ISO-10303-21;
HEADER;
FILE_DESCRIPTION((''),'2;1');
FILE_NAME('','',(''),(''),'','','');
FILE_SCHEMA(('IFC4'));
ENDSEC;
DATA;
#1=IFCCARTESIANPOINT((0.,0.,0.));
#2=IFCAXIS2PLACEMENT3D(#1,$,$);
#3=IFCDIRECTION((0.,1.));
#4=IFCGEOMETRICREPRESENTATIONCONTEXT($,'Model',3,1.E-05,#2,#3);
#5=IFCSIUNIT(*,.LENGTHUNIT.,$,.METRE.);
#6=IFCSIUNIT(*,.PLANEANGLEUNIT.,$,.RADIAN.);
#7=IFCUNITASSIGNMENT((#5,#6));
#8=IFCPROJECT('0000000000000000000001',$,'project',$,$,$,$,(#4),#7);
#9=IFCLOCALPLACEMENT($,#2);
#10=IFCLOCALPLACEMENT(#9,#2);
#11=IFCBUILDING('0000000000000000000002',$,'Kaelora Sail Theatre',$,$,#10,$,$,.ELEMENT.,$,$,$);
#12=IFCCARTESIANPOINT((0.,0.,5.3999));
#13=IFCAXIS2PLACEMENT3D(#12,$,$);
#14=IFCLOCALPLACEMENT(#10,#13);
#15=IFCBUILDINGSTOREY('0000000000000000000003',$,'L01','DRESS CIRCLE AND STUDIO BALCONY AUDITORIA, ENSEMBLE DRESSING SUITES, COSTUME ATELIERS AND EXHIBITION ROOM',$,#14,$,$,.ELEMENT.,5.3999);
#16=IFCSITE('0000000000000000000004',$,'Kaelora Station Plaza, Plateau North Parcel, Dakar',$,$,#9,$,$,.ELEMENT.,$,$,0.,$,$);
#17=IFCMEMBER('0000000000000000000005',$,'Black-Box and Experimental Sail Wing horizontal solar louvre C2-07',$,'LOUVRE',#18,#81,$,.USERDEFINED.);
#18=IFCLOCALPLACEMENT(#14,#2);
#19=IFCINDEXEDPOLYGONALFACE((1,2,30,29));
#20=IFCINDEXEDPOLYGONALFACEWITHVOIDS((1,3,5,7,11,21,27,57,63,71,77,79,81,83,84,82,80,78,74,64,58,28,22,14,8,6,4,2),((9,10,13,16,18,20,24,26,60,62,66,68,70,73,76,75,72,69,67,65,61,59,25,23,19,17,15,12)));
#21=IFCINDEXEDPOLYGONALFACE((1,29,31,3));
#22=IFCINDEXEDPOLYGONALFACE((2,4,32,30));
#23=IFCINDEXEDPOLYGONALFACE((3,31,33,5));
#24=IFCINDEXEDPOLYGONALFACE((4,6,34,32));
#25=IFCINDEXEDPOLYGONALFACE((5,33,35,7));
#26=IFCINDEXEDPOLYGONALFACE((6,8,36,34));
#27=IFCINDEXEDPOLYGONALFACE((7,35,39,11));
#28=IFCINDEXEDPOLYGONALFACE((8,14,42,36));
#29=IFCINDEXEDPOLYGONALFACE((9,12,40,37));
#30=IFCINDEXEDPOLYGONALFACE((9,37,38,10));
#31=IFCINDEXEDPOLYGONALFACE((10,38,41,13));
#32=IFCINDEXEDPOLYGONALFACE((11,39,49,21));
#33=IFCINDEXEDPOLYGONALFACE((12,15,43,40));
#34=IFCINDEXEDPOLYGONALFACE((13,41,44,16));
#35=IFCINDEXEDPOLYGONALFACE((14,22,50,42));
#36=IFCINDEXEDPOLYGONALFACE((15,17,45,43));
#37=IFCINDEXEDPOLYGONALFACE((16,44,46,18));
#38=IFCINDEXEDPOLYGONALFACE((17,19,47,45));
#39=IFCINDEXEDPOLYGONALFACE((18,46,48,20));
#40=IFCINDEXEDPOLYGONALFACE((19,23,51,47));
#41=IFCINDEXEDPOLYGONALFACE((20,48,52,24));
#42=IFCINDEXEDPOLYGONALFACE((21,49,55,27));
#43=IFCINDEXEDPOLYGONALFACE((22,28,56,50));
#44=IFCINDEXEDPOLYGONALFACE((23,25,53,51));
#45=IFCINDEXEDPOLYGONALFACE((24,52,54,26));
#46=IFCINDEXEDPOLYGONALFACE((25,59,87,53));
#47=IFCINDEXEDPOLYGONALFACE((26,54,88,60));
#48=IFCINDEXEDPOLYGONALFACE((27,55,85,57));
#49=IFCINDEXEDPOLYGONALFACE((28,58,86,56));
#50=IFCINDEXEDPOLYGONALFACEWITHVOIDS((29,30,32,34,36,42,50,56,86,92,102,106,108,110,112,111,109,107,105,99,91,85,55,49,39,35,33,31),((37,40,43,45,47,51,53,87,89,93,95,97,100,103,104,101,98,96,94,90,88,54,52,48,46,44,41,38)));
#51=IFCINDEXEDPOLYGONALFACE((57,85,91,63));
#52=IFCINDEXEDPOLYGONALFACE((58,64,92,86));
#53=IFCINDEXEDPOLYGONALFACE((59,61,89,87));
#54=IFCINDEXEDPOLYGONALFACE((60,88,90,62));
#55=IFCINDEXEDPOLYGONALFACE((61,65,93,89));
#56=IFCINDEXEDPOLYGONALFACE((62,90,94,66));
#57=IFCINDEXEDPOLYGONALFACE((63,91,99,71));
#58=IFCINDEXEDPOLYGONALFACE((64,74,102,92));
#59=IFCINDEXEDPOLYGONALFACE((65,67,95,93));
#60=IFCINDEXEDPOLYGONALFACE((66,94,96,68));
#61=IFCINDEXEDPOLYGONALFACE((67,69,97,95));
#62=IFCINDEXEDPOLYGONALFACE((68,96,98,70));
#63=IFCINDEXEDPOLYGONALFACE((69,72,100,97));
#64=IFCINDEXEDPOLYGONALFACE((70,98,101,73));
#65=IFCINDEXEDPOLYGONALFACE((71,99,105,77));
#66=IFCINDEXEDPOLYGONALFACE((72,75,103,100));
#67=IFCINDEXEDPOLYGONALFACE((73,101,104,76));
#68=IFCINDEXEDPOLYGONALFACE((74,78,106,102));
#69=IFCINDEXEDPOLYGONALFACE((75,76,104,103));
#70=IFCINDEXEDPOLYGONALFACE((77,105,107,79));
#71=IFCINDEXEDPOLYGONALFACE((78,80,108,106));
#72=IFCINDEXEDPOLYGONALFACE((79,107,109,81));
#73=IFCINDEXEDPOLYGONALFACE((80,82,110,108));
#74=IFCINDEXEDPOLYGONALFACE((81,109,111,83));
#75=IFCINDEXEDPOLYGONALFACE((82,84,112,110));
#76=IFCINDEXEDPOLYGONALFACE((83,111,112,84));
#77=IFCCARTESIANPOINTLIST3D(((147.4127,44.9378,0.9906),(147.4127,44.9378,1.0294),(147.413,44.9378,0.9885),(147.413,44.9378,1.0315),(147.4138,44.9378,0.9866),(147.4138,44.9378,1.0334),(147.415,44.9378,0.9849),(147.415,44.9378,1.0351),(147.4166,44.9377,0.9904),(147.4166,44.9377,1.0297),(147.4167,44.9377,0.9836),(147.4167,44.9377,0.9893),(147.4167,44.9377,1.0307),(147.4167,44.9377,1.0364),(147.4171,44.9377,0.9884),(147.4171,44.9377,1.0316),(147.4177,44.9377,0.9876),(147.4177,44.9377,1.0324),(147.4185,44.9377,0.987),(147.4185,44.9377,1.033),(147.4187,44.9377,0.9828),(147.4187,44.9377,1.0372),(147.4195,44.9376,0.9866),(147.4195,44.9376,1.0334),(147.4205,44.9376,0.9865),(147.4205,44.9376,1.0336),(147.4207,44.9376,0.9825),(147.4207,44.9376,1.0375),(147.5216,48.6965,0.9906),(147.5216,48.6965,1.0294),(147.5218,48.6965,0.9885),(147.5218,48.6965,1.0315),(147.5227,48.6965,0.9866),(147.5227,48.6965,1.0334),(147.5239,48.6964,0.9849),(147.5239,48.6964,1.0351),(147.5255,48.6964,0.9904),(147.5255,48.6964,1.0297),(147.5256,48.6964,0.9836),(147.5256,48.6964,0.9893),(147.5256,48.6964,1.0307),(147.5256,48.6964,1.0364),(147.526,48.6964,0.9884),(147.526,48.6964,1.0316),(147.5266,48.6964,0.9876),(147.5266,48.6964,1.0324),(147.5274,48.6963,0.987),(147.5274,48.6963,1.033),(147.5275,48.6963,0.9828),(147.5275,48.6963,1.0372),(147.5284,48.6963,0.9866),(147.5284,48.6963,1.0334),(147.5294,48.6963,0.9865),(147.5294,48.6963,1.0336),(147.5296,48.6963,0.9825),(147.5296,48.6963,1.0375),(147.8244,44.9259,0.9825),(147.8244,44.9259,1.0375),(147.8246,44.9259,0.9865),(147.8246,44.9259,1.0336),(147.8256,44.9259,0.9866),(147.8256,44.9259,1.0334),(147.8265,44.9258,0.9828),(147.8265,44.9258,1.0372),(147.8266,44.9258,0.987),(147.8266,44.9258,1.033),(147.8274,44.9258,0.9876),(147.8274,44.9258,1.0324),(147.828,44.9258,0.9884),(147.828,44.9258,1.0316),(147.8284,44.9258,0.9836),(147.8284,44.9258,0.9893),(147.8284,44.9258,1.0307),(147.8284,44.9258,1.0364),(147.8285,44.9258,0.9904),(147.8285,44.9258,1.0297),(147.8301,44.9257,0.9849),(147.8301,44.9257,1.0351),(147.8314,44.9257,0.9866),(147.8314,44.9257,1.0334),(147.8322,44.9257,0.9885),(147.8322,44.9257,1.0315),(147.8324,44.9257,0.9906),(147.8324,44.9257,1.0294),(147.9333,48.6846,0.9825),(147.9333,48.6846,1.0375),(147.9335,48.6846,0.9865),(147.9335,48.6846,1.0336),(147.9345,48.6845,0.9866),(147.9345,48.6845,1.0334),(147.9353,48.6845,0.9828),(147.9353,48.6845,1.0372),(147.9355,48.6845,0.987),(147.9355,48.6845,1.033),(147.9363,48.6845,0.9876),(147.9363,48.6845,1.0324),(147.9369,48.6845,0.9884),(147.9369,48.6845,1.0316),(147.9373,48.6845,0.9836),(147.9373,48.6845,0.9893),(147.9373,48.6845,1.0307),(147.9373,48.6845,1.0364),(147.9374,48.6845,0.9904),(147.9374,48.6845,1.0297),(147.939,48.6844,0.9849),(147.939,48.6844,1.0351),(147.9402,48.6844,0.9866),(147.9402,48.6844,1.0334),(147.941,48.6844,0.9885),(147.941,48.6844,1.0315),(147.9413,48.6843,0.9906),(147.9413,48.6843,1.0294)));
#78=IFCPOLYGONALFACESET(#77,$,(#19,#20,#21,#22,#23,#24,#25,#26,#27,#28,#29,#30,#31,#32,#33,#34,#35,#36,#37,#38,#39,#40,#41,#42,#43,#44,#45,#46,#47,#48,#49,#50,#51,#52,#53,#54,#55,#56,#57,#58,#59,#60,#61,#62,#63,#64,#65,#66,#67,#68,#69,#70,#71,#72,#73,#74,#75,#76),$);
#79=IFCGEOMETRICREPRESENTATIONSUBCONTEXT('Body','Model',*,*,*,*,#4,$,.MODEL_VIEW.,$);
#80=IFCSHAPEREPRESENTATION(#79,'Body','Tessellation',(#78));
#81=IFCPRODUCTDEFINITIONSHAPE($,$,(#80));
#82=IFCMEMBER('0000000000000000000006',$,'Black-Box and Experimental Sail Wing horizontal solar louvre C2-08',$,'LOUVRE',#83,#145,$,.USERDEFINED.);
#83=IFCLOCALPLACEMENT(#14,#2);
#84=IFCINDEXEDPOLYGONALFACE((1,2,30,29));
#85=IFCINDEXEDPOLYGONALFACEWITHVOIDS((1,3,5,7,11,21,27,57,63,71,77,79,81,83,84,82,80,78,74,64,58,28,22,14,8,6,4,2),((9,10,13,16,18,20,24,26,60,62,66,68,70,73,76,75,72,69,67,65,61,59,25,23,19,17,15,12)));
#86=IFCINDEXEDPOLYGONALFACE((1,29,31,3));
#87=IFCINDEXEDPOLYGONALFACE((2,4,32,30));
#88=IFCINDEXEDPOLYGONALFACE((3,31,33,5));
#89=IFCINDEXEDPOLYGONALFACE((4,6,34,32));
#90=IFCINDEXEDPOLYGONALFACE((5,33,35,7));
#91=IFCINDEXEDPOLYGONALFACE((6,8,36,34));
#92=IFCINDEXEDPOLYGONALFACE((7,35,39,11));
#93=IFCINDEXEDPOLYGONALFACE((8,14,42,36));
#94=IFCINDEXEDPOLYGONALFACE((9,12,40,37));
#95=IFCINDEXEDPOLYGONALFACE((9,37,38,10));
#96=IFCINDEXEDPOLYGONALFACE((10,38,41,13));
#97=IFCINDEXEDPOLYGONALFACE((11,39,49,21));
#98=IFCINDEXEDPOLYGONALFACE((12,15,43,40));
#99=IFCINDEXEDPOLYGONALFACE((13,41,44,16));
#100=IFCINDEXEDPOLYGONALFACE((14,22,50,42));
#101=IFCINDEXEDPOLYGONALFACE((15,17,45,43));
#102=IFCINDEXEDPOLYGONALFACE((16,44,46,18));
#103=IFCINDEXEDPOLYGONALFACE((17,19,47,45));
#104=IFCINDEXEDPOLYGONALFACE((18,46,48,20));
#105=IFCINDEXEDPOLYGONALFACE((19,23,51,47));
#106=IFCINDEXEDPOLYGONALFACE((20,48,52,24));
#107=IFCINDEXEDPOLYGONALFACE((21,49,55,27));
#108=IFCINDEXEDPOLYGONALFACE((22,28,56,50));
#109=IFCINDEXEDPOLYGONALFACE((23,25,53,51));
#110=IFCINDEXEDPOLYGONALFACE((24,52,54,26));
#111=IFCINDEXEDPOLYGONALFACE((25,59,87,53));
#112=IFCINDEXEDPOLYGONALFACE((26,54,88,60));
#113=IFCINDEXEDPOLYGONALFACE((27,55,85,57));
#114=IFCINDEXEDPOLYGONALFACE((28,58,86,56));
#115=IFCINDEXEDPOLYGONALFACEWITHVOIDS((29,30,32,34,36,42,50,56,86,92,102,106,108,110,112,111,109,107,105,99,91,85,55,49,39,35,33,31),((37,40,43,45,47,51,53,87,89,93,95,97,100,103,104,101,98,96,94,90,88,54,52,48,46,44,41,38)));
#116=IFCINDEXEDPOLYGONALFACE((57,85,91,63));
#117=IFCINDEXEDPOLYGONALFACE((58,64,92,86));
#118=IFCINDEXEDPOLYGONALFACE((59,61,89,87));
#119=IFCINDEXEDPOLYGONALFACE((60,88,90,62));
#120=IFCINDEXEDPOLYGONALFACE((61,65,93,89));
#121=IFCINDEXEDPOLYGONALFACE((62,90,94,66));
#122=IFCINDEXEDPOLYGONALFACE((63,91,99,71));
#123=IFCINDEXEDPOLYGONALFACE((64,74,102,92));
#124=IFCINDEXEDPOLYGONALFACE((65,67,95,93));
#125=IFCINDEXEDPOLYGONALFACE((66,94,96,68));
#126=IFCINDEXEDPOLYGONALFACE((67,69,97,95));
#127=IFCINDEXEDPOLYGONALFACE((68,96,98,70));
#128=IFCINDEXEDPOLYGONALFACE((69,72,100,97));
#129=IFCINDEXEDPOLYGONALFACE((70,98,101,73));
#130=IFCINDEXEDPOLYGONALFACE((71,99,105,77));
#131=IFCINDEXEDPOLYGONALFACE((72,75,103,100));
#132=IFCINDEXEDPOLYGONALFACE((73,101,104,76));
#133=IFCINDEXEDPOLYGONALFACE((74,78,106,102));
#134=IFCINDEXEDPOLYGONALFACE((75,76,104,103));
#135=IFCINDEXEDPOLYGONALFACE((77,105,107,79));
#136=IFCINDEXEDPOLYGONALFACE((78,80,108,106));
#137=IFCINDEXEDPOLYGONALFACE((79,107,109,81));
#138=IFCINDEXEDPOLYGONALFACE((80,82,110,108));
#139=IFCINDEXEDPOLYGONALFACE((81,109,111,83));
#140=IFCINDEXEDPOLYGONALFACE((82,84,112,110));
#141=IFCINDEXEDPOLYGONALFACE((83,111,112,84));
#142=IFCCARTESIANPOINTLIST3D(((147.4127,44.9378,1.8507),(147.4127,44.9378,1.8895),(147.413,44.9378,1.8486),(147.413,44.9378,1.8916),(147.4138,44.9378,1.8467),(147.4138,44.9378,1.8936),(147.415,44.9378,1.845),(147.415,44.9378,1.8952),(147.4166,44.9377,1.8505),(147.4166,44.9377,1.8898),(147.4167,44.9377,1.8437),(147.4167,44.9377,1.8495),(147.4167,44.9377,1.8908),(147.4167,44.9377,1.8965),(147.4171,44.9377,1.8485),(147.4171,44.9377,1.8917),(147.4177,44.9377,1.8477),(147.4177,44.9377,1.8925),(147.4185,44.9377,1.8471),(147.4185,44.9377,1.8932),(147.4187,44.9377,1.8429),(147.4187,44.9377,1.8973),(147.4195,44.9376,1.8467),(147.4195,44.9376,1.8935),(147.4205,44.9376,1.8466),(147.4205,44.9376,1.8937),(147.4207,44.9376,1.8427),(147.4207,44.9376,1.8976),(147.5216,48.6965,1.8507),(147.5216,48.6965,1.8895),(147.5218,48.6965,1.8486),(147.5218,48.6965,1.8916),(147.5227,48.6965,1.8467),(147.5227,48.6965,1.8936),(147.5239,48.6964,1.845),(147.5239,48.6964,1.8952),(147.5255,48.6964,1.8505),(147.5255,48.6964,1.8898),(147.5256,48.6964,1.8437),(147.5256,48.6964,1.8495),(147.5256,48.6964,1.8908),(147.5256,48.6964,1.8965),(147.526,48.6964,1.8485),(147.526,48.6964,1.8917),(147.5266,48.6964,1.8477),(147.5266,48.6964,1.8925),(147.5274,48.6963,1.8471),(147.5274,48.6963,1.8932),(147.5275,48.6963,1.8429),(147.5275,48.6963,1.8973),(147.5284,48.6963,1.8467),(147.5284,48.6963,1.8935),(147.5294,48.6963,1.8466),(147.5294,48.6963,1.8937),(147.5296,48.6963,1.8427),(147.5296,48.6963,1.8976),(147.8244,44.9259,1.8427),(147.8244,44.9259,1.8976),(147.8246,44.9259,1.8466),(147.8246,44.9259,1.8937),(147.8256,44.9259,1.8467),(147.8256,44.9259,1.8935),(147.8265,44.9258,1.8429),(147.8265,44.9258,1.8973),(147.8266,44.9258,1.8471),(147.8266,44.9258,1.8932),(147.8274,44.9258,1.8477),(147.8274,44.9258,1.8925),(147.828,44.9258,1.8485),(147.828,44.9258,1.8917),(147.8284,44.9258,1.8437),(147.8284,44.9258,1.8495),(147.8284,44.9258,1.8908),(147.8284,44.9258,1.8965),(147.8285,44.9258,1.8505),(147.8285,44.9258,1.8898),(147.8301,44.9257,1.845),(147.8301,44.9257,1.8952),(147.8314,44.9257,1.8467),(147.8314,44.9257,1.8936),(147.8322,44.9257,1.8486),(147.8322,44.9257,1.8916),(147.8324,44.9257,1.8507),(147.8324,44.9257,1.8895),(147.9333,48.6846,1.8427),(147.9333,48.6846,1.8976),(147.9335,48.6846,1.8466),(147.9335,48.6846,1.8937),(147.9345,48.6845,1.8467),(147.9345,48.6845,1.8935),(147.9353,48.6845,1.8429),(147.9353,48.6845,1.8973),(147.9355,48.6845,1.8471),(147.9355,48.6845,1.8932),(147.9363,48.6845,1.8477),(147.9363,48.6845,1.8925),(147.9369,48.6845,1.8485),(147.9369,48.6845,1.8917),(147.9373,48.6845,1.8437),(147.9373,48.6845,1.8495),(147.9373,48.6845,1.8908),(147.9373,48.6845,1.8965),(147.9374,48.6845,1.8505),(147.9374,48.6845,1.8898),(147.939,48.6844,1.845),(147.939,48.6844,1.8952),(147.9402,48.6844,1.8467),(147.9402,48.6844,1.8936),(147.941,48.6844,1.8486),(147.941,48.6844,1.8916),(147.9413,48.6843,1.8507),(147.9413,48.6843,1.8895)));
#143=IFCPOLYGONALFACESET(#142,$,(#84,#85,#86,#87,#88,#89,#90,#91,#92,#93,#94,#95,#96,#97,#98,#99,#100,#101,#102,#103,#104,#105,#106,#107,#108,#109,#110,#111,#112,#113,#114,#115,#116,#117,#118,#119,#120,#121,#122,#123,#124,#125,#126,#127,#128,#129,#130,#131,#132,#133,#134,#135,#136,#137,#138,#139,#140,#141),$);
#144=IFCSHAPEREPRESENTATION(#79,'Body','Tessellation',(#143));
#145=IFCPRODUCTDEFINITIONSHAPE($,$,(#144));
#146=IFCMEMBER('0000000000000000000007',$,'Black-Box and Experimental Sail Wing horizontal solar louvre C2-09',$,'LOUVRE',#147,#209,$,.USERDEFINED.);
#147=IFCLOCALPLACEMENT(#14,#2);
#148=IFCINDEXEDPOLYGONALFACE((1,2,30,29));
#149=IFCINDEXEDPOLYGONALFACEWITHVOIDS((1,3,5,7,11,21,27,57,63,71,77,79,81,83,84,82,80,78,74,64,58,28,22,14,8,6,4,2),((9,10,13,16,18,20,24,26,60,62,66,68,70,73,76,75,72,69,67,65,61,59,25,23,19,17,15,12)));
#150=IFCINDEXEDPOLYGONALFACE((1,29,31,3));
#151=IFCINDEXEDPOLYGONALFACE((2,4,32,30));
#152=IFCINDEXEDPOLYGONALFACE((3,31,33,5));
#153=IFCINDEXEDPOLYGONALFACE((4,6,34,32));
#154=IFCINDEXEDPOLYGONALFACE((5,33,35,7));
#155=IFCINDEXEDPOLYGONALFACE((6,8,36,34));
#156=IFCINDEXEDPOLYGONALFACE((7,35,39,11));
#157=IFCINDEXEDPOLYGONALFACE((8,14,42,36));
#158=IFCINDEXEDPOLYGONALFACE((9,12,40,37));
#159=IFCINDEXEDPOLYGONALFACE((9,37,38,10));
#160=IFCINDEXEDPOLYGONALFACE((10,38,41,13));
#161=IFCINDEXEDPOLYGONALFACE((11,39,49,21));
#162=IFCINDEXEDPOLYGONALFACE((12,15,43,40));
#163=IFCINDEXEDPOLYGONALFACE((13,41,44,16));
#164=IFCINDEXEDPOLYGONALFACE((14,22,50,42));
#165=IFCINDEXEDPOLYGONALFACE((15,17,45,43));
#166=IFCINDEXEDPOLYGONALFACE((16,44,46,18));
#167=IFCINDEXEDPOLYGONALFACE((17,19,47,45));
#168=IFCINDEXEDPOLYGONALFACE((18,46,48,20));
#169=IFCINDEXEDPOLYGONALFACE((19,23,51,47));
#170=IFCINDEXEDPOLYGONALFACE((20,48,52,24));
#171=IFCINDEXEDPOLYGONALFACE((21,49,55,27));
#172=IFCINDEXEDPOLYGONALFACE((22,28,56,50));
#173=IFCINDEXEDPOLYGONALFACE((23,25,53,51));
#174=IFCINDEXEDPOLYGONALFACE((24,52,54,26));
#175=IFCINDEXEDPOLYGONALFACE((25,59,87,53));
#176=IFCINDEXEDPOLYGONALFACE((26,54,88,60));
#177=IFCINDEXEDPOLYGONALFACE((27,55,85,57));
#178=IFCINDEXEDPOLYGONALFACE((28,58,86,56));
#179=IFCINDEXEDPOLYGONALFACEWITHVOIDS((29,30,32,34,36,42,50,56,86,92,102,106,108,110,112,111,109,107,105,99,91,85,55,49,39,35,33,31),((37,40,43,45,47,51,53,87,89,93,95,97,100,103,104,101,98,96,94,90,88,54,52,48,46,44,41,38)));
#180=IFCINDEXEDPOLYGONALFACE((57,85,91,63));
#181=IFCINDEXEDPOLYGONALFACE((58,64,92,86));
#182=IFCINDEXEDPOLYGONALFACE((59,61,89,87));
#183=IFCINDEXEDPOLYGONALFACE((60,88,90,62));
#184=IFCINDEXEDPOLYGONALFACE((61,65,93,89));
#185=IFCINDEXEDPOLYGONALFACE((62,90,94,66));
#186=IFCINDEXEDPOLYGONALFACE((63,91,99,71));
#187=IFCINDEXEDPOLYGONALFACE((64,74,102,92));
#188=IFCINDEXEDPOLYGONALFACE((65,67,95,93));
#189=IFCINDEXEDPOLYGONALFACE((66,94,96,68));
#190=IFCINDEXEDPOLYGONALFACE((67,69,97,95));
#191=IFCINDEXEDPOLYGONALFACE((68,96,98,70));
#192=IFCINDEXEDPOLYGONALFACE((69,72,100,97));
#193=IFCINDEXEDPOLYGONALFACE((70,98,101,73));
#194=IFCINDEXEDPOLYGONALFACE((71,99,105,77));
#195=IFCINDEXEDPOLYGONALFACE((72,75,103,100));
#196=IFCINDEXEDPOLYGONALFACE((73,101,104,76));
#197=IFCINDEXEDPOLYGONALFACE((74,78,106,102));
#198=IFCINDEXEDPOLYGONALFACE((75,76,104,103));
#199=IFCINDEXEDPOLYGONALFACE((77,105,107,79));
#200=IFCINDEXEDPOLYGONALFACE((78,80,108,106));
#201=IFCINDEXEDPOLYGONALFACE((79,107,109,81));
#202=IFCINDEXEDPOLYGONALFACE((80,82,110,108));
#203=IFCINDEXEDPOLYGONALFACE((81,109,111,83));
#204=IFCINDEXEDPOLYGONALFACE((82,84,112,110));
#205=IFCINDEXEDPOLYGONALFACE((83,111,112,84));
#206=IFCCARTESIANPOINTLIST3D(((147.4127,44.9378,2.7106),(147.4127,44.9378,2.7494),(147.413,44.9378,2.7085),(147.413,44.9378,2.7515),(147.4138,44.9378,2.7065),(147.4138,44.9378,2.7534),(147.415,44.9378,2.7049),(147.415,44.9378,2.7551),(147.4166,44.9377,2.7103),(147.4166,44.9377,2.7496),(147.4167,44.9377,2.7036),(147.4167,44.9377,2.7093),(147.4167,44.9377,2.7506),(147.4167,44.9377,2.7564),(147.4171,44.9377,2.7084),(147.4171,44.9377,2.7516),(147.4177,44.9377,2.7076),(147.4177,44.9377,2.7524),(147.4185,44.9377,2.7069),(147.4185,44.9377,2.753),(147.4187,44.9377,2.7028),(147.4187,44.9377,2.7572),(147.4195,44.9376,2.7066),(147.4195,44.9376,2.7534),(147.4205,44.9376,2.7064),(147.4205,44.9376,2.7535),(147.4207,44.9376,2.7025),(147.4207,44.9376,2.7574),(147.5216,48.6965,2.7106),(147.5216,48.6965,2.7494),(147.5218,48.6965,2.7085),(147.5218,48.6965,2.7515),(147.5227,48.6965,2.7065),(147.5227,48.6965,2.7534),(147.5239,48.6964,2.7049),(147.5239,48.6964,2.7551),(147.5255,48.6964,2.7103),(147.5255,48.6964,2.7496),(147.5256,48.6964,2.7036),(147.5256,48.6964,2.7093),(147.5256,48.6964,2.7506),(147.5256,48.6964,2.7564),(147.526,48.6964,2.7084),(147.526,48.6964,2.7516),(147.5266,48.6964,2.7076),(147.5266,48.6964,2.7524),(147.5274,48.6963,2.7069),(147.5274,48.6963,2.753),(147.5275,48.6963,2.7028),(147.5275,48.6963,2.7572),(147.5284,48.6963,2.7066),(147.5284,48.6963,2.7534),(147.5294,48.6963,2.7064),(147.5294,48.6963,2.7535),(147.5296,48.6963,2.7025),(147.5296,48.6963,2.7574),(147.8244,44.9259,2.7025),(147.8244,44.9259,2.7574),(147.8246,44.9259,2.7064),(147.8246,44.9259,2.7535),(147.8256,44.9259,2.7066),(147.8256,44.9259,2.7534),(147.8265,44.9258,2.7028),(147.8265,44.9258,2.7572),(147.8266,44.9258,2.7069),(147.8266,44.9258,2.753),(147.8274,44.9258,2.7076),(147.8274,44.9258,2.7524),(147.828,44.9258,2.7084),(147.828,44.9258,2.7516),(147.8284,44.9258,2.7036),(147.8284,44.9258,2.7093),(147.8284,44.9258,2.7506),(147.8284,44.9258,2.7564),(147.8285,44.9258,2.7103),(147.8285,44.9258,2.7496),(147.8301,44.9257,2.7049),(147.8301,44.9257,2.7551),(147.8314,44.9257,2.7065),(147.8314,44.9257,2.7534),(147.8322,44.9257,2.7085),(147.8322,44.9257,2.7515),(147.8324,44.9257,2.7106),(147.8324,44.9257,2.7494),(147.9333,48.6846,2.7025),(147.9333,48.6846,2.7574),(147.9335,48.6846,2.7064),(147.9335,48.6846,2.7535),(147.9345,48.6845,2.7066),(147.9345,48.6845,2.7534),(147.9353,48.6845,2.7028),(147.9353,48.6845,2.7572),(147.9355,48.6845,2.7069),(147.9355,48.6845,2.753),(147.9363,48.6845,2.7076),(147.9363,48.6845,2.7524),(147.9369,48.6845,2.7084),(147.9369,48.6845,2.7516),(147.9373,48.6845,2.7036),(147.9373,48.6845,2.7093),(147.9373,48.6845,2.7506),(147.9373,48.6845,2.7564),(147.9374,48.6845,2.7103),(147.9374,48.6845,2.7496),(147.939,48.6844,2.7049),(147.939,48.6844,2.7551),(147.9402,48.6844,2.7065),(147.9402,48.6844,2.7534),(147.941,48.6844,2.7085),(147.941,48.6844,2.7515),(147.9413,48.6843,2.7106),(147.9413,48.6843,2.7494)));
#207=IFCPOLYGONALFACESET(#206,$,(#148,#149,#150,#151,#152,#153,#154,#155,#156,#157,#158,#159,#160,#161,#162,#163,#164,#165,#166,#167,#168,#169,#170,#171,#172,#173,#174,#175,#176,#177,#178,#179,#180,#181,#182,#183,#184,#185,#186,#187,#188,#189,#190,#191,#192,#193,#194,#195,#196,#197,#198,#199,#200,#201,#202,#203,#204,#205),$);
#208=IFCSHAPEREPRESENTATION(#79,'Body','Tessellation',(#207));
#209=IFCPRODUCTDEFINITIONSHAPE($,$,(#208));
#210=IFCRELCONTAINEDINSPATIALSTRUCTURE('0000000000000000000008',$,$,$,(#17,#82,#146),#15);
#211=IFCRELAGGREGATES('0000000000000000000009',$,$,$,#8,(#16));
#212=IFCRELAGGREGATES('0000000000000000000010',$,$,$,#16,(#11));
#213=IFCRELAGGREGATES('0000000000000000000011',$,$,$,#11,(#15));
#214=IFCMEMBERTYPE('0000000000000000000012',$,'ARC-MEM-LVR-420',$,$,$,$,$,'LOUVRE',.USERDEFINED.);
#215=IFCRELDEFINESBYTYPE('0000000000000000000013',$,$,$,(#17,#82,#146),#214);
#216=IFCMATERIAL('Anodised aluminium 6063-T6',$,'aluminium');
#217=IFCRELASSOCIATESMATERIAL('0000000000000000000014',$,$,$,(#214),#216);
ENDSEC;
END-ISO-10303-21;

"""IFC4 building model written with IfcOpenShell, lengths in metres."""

from ifc_helpers import new_model, si_unit, direction, frame, origin, origin_2d, place, context, subcontext, project, spatial, hollow_rectangle, extrude, material, material_profile, profile_set, type_object, element, save


model = new_model("IFC4")

# Units and contexts
model_context = context("Model", 3, precision=1e-05, world=origin(), true_north=direction((0.0, 1.0)))
body_context = subcontext(model_context, "Body", "Model", "MODEL_VIEW")
ifc_project = project(units=[si_unit("LENGTHUNIT", "METRE"), si_unit("PLANEANGLEUNIT", "RADIAN")], contexts=[model_context])

# Site, building, storey
site_placement = place(None, origin())
site = spatial("IfcSite", under=ifc_project, at=site_placement, Name="Kaelora Station Plaza, Plateau North Parcel, Dakar", CompositionType="ELEMENT", RefElevation=0.0)
building_placement = place(site_placement, origin())
building = spatial("IfcBuilding", under=site, at=building_placement, Name="Kaelora Sail Theatre", CompositionType="ELEMENT")
storey_placement = place(building_placement, frame((0.0, 0.0, 5.3999)))
storey = spatial("IfcBuildingStorey", under=building, at=storey_placement, Name="L01", Description="DRESS CIRCLE AND STUDIO BALCONY AUDITORIA, ENSEMBLE DRESSING SUITES, COSTUME ATELIERS AND EXHIBITION ROOM", CompositionType="ELEMENT", Elevation=5.3999)

# Members
ifc_material_1 = material(Name="Anodised aluminium 6063-T6", Category="aluminium")
ifc_material_profile_1 = material_profile(ifc_material_1, hollow_rectangle(XDim=0.4199, YDim=0.0549, WallThickness=0.0039, InnerFilletRadius=0.0039, OuterFilletRadius=0.0081, at=origin_2d()), Name="LOUVRE 420x55x4")
ifc_profile_set_1 = profile_set([ifc_material_profile_1], Name="Anodised aluminium 6063-T6")
member_type = type_object("IfcMemberType", Name="ARC-MEM-LVR-420", ElementType="LOUVRE", PredefinedType="USERDEFINED", material=ifc_profile_set_1)
for number, where, z_axis, x_axis, name in (
    (1, (147.7314, 48.6904, 1.01), (-0.028956, -0.999581, 0.0), (0.999581, -0.028956, 0.0), "Black-Box and Experimental Sail Wing horizontal solar louvre C2-07"),
    (2, (147.7314, 48.6904, 1.8701), (-0.028956, -0.999581, 0.0), (0.999581, -0.028956, 0.0), "Black-Box and Experimental Sail Wing horizontal solar louvre C2-08"),
    (3, (147.7314, 48.6904, 2.73), (-0.028956, -0.999581, 0.0), (0.999581, -0.028956, 0.0), "Black-Box and Experimental Sail Wing horizontal solar louvre C2-09"),
):
    element("IfcMember", number, at=place(storey_placement, frame(where, z_axis=z_axis, x_axis=x_axis)), inside=storey, type_object=member_type, Name=name, ObjectType="LOUVRE", PredefinedType="USERDEFINED", context=body_context, shape_type="SweptSolid", body=[
        extrude(hollow_rectangle(XDim=0.4199, YDim=0.0549, WallThickness=0.0039, InnerFilletRadius=0.0039, OuterFilletRadius=0.0081, at=origin_2d()), origin(), (0.0, 0.0, 1.0), 3.7603),
    ])

save(model, "model.ifc")
